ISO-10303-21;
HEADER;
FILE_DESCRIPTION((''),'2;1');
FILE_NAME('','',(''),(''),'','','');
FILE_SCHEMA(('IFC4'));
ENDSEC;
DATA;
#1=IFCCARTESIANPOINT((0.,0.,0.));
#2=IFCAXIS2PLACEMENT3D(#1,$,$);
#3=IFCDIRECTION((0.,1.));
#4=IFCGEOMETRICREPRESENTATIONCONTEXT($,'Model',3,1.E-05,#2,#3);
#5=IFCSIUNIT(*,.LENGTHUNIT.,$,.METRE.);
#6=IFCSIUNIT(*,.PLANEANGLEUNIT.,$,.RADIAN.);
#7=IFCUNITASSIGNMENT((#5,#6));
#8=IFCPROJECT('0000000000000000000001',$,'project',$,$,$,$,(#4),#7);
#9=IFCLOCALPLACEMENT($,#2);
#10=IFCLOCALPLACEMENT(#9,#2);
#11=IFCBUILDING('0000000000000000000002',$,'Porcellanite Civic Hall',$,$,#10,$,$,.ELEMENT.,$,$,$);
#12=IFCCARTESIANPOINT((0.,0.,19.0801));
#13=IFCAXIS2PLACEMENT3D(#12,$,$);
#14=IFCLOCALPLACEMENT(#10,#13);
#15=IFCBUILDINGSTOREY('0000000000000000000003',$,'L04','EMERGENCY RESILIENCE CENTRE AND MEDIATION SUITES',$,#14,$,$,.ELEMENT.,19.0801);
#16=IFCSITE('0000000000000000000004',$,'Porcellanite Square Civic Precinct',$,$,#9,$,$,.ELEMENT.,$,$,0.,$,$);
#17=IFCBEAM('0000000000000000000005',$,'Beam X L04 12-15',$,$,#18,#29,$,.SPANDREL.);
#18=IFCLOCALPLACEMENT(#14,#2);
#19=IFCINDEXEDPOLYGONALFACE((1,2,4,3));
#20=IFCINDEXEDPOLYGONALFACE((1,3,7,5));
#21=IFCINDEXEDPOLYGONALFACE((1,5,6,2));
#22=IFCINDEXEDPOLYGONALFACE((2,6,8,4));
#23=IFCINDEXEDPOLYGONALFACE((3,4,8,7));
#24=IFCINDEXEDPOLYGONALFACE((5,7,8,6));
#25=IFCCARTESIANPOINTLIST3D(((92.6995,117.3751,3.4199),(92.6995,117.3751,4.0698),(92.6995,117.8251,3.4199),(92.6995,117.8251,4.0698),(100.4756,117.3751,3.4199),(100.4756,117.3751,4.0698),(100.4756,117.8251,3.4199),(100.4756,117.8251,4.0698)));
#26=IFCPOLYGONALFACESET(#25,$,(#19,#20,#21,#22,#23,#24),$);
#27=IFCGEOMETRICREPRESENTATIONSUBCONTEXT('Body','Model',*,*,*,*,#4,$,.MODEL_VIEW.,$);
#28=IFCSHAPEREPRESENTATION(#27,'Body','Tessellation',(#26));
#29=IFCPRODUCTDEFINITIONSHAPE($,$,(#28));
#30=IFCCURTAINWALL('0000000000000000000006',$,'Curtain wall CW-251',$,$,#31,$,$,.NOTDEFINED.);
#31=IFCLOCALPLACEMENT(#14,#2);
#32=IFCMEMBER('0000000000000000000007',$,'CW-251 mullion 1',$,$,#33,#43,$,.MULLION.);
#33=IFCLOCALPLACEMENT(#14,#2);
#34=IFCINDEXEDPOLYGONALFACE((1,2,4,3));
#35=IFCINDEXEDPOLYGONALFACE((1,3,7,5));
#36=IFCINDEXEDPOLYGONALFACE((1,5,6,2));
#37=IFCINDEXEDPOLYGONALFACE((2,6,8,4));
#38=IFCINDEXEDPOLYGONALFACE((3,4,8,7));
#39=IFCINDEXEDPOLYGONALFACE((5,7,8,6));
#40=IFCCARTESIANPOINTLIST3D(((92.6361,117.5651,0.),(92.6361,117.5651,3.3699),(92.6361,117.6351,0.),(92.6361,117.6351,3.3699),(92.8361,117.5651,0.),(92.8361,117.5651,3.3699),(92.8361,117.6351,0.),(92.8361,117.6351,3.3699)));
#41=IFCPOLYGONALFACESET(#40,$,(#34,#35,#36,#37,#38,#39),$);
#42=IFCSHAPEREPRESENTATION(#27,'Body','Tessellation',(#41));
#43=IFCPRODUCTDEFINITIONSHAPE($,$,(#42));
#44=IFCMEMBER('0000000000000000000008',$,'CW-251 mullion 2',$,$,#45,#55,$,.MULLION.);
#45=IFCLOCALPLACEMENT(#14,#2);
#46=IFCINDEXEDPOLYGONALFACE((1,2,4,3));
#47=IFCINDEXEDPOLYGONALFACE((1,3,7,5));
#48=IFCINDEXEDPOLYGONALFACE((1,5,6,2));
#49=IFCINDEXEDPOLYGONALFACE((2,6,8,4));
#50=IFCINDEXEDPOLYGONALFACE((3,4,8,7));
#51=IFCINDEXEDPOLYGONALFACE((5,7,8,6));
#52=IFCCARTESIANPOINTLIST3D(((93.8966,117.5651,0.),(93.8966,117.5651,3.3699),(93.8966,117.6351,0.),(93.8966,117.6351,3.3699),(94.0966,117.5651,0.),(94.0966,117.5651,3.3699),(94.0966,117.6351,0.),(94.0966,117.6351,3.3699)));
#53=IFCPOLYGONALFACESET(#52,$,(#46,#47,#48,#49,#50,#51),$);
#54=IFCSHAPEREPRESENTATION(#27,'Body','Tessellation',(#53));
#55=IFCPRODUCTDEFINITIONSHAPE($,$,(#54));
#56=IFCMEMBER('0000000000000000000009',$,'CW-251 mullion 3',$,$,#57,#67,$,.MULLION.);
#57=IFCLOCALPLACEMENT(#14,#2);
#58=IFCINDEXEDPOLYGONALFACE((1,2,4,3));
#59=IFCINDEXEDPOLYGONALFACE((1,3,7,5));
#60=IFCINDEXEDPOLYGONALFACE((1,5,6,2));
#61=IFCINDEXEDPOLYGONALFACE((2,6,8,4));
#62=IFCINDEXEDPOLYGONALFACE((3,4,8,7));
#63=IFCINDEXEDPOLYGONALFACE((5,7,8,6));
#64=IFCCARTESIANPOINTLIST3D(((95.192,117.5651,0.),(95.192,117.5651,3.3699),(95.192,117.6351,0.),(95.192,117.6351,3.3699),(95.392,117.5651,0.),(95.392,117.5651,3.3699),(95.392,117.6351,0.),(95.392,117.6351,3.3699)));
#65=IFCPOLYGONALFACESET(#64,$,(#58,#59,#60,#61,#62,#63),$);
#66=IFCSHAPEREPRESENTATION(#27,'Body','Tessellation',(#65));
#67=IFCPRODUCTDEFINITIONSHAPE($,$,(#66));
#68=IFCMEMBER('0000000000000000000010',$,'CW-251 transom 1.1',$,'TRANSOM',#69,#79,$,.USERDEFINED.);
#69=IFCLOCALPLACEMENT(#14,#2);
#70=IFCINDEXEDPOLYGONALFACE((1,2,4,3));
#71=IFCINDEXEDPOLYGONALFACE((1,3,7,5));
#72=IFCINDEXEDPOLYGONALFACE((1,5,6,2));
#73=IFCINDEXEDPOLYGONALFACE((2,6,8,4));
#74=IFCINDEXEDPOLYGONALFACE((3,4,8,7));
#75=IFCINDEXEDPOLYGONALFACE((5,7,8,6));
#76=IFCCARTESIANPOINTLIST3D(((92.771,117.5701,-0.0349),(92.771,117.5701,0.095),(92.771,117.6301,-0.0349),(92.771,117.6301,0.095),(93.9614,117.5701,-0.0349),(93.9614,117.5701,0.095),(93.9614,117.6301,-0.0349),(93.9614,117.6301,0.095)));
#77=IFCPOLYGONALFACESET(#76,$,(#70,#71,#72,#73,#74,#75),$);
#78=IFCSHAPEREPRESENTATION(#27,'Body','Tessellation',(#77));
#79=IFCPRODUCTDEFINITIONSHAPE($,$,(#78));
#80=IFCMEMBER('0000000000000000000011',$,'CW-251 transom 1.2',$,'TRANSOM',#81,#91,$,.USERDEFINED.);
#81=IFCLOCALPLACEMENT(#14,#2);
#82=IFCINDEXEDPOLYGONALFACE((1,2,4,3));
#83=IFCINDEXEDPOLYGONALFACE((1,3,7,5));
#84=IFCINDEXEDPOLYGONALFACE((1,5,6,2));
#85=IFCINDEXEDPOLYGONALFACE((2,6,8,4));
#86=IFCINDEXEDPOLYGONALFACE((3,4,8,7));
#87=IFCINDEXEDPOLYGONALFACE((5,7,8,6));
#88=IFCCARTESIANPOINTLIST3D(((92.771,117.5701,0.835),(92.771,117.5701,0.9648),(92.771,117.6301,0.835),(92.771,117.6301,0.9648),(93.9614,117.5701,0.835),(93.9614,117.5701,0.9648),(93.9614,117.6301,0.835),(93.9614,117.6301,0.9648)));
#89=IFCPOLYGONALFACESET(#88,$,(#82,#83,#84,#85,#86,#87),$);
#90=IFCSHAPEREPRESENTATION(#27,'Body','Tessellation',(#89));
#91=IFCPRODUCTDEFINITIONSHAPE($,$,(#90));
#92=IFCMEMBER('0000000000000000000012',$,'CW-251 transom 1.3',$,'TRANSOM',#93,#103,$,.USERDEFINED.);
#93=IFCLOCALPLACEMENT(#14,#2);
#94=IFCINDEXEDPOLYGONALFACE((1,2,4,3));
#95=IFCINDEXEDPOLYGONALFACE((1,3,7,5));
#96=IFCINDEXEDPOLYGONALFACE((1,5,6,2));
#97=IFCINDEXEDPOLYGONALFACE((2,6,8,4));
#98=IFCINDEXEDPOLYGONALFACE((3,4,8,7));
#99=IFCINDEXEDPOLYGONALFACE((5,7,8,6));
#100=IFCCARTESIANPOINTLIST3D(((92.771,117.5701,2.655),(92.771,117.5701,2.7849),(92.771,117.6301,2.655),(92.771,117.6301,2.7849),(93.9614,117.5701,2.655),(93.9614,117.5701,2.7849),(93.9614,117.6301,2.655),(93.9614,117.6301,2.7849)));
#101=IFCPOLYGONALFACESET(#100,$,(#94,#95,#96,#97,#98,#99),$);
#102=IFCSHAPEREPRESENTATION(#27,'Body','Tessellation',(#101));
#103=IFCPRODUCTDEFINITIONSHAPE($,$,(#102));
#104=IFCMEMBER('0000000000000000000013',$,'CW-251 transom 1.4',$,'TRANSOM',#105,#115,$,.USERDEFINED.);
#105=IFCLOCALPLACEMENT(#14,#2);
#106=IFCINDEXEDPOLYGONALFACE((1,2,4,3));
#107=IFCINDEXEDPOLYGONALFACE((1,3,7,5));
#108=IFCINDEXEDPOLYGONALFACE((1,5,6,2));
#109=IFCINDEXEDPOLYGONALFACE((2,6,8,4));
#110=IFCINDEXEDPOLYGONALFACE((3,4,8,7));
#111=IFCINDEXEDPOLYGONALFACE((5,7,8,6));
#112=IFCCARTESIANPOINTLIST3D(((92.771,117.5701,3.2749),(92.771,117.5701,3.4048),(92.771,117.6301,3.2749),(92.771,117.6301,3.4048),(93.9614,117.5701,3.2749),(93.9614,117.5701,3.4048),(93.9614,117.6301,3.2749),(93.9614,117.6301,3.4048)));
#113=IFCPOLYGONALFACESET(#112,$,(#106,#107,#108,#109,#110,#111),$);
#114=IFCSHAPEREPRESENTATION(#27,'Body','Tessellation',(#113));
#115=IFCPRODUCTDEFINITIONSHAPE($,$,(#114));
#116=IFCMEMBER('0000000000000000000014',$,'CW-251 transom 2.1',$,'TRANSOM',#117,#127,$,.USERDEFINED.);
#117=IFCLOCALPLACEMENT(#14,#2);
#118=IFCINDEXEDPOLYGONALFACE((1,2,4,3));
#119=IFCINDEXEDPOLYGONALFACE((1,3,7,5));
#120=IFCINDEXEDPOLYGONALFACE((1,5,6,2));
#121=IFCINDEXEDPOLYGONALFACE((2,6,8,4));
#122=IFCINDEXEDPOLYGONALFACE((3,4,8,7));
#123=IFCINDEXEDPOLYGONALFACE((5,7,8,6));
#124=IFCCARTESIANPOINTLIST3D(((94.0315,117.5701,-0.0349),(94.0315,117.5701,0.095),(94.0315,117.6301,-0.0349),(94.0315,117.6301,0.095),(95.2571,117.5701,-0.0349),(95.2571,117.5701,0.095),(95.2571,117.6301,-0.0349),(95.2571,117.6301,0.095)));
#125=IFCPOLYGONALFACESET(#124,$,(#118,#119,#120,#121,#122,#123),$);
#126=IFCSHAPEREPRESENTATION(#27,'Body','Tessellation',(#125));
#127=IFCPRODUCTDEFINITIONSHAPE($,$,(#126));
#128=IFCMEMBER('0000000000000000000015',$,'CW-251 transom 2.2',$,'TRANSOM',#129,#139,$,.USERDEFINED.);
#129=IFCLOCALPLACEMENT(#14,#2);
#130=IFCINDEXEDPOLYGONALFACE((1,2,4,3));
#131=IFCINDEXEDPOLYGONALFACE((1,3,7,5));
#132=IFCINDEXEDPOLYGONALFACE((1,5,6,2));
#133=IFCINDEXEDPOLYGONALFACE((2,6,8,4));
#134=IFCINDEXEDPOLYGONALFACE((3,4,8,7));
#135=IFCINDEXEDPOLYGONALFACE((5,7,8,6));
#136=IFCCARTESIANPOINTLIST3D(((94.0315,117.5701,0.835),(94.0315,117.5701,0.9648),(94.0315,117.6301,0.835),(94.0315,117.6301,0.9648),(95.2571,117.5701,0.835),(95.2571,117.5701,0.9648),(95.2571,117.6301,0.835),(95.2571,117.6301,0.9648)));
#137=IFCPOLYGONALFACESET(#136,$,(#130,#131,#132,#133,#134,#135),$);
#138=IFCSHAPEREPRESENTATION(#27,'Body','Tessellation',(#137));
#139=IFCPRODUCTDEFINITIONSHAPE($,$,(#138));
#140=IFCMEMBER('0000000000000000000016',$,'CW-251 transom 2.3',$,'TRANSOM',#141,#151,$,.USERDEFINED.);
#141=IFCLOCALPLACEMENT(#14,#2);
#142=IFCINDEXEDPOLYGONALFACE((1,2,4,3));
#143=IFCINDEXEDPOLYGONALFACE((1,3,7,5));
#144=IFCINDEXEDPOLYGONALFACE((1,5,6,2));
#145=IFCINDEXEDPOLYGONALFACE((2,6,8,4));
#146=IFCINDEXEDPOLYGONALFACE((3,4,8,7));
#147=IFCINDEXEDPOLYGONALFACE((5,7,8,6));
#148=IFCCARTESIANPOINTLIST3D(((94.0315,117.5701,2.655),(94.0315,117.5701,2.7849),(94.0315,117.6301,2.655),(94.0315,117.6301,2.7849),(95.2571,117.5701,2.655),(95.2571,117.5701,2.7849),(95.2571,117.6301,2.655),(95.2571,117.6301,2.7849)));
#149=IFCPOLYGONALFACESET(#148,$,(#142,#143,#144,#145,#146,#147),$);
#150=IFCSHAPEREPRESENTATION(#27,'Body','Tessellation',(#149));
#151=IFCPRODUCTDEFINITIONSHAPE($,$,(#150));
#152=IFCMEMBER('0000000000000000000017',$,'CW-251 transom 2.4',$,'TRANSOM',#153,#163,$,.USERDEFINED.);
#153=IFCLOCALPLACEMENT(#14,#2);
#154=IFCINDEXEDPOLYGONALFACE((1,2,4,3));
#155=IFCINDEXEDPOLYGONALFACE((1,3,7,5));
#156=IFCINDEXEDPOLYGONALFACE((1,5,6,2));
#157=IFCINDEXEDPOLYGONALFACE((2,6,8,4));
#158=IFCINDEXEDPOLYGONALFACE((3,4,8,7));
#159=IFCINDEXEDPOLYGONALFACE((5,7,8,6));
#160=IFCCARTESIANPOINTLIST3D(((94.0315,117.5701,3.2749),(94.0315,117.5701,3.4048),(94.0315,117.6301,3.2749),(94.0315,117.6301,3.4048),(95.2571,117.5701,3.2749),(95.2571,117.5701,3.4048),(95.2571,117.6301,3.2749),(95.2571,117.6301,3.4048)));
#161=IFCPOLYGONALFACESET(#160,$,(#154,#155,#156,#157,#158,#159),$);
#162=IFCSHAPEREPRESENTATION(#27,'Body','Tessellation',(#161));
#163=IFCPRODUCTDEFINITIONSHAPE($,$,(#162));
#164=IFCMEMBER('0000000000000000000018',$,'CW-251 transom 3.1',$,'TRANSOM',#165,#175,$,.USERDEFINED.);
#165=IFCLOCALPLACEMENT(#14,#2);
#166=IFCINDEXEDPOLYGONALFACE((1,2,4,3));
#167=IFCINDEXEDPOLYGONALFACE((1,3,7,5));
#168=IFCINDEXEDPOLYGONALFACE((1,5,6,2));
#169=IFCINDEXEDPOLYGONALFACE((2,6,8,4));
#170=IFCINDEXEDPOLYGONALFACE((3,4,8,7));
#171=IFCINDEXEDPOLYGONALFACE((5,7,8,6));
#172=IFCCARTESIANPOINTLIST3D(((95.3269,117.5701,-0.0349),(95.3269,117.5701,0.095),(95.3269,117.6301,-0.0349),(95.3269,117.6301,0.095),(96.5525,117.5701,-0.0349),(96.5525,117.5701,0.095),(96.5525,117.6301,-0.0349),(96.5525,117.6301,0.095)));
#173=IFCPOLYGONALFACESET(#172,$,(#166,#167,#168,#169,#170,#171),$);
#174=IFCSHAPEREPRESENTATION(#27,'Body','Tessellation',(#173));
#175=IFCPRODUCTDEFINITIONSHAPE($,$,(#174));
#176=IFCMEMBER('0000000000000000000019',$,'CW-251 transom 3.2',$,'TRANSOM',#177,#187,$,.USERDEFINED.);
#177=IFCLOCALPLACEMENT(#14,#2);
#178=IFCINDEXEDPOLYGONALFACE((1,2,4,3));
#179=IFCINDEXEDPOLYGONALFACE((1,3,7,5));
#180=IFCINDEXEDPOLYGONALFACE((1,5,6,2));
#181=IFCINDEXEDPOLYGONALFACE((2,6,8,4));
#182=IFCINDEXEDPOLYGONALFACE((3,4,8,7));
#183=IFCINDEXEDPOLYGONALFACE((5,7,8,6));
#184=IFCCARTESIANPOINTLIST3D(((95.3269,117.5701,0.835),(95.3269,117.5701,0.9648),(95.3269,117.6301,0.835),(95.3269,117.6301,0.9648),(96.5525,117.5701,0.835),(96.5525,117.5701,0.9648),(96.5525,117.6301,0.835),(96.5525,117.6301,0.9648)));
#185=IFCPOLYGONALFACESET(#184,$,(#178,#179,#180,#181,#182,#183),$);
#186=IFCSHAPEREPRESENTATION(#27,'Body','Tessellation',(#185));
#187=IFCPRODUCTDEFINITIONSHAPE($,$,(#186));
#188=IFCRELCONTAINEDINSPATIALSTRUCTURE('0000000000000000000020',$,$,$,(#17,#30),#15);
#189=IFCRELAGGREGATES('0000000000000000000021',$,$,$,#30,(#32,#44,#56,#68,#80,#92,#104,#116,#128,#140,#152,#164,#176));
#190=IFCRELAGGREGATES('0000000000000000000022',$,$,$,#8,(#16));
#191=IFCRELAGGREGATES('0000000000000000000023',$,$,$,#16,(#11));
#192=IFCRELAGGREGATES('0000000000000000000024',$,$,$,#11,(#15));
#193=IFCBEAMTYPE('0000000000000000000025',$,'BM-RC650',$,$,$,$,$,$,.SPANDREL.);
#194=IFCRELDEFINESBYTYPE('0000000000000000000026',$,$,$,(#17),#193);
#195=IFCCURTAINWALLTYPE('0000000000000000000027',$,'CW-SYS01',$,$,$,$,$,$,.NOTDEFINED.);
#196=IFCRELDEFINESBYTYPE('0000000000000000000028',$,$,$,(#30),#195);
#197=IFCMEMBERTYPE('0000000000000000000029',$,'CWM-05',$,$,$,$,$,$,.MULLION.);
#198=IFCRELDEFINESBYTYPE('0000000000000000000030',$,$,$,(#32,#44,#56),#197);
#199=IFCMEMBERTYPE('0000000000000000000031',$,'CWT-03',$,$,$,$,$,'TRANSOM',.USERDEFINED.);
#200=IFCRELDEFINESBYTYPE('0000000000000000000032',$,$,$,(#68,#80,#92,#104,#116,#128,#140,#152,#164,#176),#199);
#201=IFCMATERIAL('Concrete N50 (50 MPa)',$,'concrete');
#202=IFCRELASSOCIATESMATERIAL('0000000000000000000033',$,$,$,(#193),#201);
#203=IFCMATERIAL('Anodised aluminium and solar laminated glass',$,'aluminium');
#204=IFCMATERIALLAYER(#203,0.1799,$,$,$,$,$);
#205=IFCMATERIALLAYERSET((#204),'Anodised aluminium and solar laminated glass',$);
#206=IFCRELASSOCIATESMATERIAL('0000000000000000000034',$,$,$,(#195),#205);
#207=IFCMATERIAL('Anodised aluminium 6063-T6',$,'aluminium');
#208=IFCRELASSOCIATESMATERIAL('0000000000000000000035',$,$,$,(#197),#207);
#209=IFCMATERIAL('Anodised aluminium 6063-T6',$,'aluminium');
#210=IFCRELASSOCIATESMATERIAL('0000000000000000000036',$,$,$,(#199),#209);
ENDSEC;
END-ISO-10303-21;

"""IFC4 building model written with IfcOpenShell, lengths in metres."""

from ifc_helpers import new_model, si_unit, direction, frame, origin, origin_2d, place, context, subcontext, project, spatial, rectangle, extrude, material, layer, layer_set, material_profile, profile_set, type_object, element, aggregate, save


model = new_model("IFC4")

# Units and contexts
model_context = context("Model", 3, precision=1e-05, world=origin(), true_north=direction((0.0, 1.0)))
body_context = subcontext(model_context, "Body", "Model", "MODEL_VIEW")
ifc_project = project(units=[si_unit("LENGTHUNIT", "METRE"), si_unit("PLANEANGLEUNIT", "RADIAN")], contexts=[model_context])

# Site, building, storey
site_placement = place(None, origin())
site = spatial("IfcSite", under=ifc_project, at=site_placement, Name="Porcellanite Square Civic Precinct", CompositionType="ELEMENT", RefElevation=0.0)
building_placement = place(site_placement, origin())
building = spatial("IfcBuilding", under=site, at=building_placement, Name="Porcellanite Civic Hall", CompositionType="ELEMENT")
storey_placement = place(building_placement, frame((0.0, 0.0, 19.0801)))
storey = spatial("IfcBuildingStorey", under=building, at=storey_placement, Name="L04", Description="EMERGENCY RESILIENCE CENTRE AND MEDIATION SUITES", CompositionType="ELEMENT", Elevation=19.0801)

# Beam
ifc_material_1 = material(Name="Concrete N50 (50 MPa)", Category="concrete")
ifc_material_profile_1 = material_profile(ifc_material_1, rectangle(XDim=0.45, YDim=0.6499, at=origin_2d()), Name="RC-450x650")
ifc_profile_set_1 = profile_set([ifc_material_profile_1], Name="Concrete N50 (50 MPa)")
beam_type_1 = type_object("IfcBeamType", Name="BM-RC650", PredefinedType="SPANDREL", material=ifc_profile_set_1)
beam_1_placement = place(storey_placement, frame((92.6995, 117.6001, 3.7449), z_axis=(1.0, 0.0, 0.0), x_axis=(0.0, 1.0, 0.0)))
element("IfcBeam", 1, at=beam_1_placement, inside=storey, type_object=beam_type_1, Name="Beam X L04 12-15", PredefinedType="SPANDREL", context=body_context, shape_type="SweptSolid", body=[
    extrude(rectangle(XDim=0.45, YDim=0.6499, at=origin_2d()), origin(), (0.0, 0.0, 1.0), 7.7761),
])

# Curtain wall, members
ifc_material_2 = material(Name="Anodised aluminium and solar laminated glass", Category="aluminium")
ifc_layer_1 = layer(ifc_material_2, 0.1799)
ifc_layer_set_1 = layer_set([ifc_layer_1], Name="Anodised aluminium and solar laminated glass")
curtain_wall_type = type_object("IfcCurtainWallType", Name="CW-SYS01", PredefinedType="NOTDEFINED", material=ifc_layer_set_1)
curtain_wall_placement = place(storey_placement, origin())
curtain_wall = element("IfcCurtainWall", 2, at=curtain_wall_placement, inside=storey, type_object=curtain_wall_type, Name="Curtain wall CW-251", PredefinedType="NOTDEFINED")
ifc_material_3 = material(Name="Anodised aluminium 6063-T6", Category="aluminium")
ifc_material_profile_2 = material_profile(ifc_material_3, rectangle(XDim=0.0701, YDim=0.2, at=origin_2d()), Name="AL-70x200")
ifc_profile_set_2 = profile_set([ifc_material_profile_2], Name="Anodised aluminium 6063-T6")
member_type_1 = type_object("IfcMemberType", Name="CWM-05", PredefinedType="MULLION", material=ifc_profile_set_2)
member_1_placement = place(storey_placement, frame((92.7361, 117.6001, 0.0), z_axis=(0.0, 0.0, 1.0), x_axis=(0.0, 1.0, 0.0)))
member_1 = element("IfcMember", 3, at=member_1_placement, type_object=member_type_1, Name="CW-251 mullion 1", PredefinedType="MULLION", context=body_context, shape_type="SweptSolid", body=[
    extrude(rectangle(XDim=0.0701, YDim=0.2, at=origin_2d()), origin(), (0.0, 0.0, 1.0), 3.3699),
])
member_2_placement = place(storey_placement, frame((93.9966, 117.6001, 0.0), z_axis=(0.0, 0.0, 1.0), x_axis=(0.0, 1.0, 0.0)))
member_2 = element("IfcMember", 4, at=member_2_placement, type_object=member_type_1, Name="CW-251 mullion 2", PredefinedType="MULLION", context=body_context, shape_type="SweptSolid", body=[
    extrude(rectangle(XDim=0.0701, YDim=0.2, at=origin_2d()), origin(), (0.0, 0.0, 1.0), 3.3699),
])
member_3_placement = place(storey_placement, frame((95.292, 117.6001, 0.0), z_axis=(0.0, 0.0, 1.0), x_axis=(0.0, 1.0, 0.0)))
member_3 = element("IfcMember", 5, at=member_3_placement, type_object=member_type_1, Name="CW-251 mullion 3", PredefinedType="MULLION", context=body_context, shape_type="SweptSolid", body=[
    extrude(rectangle(XDim=0.0701, YDim=0.2, at=origin_2d()), origin(), (0.0, 0.0, 1.0), 3.3699),
])
ifc_material_4 = material(Name="Anodised aluminium 6063-T6", Category="aluminium")
ifc_material_profile_3 = material_profile(ifc_material_4, rectangle(XDim=0.0601, YDim=0.1299, at=origin_2d()), Name="AL-60x130")
ifc_profile_set_3 = profile_set([ifc_material_profile_3], Name="Anodised aluminium 6063-T6")
member_type_2 = type_object("IfcMemberType", Name="CWT-03", ElementType="TRANSOM", PredefinedType="USERDEFINED", material=ifc_profile_set_3)
member_4_placement = place(storey_placement, frame((92.771, 117.6001, 0.03), z_axis=(1.0, 0.0, 0.0), x_axis=(0.0, 1.0, 0.0)))
member_4 = element("IfcMember", 6, at=member_4_placement, type_object=member_type_2, Name="CW-251 transom 1.1", ObjectType="TRANSOM", PredefinedType="USERDEFINED", context=body_context, shape_type="SweptSolid", body=[
    extrude(rectangle(XDim=0.0601, YDim=0.1299, at=origin_2d()), origin(), (0.0, 0.0, 1.0), 1.1904),
])
member_5_placement = place(storey_placement, frame((92.771, 117.6001, 0.8999), z_axis=(1.0, 0.0, 0.0), x_axis=(0.0, 1.0, 0.0)))
member_5 = element("IfcMember", 7, at=member_5_placement, type_object=member_type_2, Name="CW-251 transom 1.2", ObjectType="TRANSOM", PredefinedType="USERDEFINED", context=body_context, shape_type="SweptSolid", body=[
    extrude(rectangle(XDim=0.0601, YDim=0.1299, at=origin_2d()), origin(), (0.0, 0.0, 1.0), 1.1904),
])
member_6_placement = place(storey_placement, frame((92.771, 117.6001, 2.72), z_axis=(1.0, 0.0, 0.0), x_axis=(0.0, 1.0, 0.0)))
member_6 = element("IfcMember", 8, at=member_6_placement, type_object=member_type_2, Name="CW-251 transom 1.3", ObjectType="TRANSOM", PredefinedType="USERDEFINED", context=body_context, shape_type="SweptSolid", body=[
    extrude(rectangle(XDim=0.0601, YDim=0.1299, at=origin_2d()), origin(), (0.0, 0.0, 1.0), 1.1904),
])
member_7_placement = place(storey_placement, frame((92.771, 117.6001, 3.3398), z_axis=(1.0, 0.0, 0.0), x_axis=(0.0, 1.0, 0.0)))
member_7 = element("IfcMember", 9, at=member_7_placement, type_object=member_type_2, Name="CW-251 transom 1.4", ObjectType="TRANSOM", PredefinedType="USERDEFINED", context=body_context, shape_type="SweptSolid", body=[
    extrude(rectangle(XDim=0.0601, YDim=0.1299, at=origin_2d()), origin(), (0.0, 0.0, 1.0), 1.1904),
])
member_8_placement = place(storey_placement, frame((94.0315, 117.6001, 0.03), z_axis=(1.0, 0.0, 0.0), x_axis=(0.0, 1.0, 0.0)))
member_8 = element("IfcMember", 10, at=member_8_placement, type_object=member_type_2, Name="CW-251 transom 2.1", ObjectType="TRANSOM", PredefinedType="USERDEFINED", context=body_context, shape_type="SweptSolid", body=[
    extrude(rectangle(XDim=0.0601, YDim=0.1299, at=origin_2d()), origin(), (0.0, 0.0, 1.0), 1.2256),
])
member_9_placement = place(storey_placement, frame((94.0315, 117.6001, 0.8999), z_axis=(1.0, 0.0, 0.0), x_axis=(0.0, 1.0, 0.0)))
member_9 = element("IfcMember", 11, at=member_9_placement, type_object=member_type_2, Name="CW-251 transom 2.2", ObjectType="TRANSOM", PredefinedType="USERDEFINED", context=body_context, shape_type="SweptSolid", body=[
    extrude(rectangle(XDim=0.0601, YDim=0.1299, at=origin_2d()), origin(), (0.0, 0.0, 1.0), 1.2256),
])
member_10_placement = place(storey_placement, frame((94.0315, 117.6001, 2.72), z_axis=(1.0, 0.0, 0.0), x_axis=(0.0, 1.0, 0.0)))
member_10 = element("IfcMember", 12, at=member_10_placement, type_object=member_type_2, Name="CW-251 transom 2.3", ObjectType="TRANSOM", PredefinedType="USERDEFINED", context=body_context, shape_type="SweptSolid", body=[
    extrude(rectangle(XDim=0.0601, YDim=0.1299, at=origin_2d()), origin(), (0.0, 0.0, 1.0), 1.2256),
])
member_11_placement = place(storey_placement, frame((94.0315, 117.6001, 3.3398), z_axis=(1.0, 0.0, 0.0), x_axis=(0.0, 1.0, 0.0)))
member_11 = element("IfcMember", 13, at=member_11_placement, type_object=member_type_2, Name="CW-251 transom 2.4", ObjectType="TRANSOM", PredefinedType="USERDEFINED", context=body_context, shape_type="SweptSolid", body=[
    extrude(rectangle(XDim=0.0601, YDim=0.1299, at=origin_2d()), origin(), (0.0, 0.0, 1.0), 1.2256),
])
member_12_placement = place(storey_placement, frame((95.3269, 117.6001, 0.03), z_axis=(1.0, 0.0, 0.0), x_axis=(0.0, 1.0, 0.0)))
member_12 = element("IfcMember", 14, at=member_12_placement, type_object=member_type_2, Name="CW-251 transom 3.1", ObjectType="TRANSOM", PredefinedType="USERDEFINED", context=body_context, shape_type="SweptSolid", body=[
    extrude(rectangle(XDim=0.0601, YDim=0.1299, at=origin_2d()), origin(), (0.0, 0.0, 1.0), 1.2256),
])
member_13_placement = place(storey_placement, frame((95.3269, 117.6001, 0.8999), z_axis=(1.0, 0.0, 0.0), x_axis=(0.0, 1.0, 0.0)))
member_13 = element("IfcMember", 15, at=member_13_placement, type_object=member_type_2, Name="CW-251 transom 3.2", ObjectType="TRANSOM", PredefinedType="USERDEFINED", context=body_context, shape_type="SweptSolid", body=[
    extrude(rectangle(XDim=0.0601, YDim=0.1299, at=origin_2d()), origin(), (0.0, 0.0, 1.0), 1.2256),
])

aggregate(curtain_wall, [member_1, member_2, member_3, member_4, member_5, member_6, member_7, member_8, member_9, member_10, member_11, member_12, member_13])

save(model, "model.ifc")
